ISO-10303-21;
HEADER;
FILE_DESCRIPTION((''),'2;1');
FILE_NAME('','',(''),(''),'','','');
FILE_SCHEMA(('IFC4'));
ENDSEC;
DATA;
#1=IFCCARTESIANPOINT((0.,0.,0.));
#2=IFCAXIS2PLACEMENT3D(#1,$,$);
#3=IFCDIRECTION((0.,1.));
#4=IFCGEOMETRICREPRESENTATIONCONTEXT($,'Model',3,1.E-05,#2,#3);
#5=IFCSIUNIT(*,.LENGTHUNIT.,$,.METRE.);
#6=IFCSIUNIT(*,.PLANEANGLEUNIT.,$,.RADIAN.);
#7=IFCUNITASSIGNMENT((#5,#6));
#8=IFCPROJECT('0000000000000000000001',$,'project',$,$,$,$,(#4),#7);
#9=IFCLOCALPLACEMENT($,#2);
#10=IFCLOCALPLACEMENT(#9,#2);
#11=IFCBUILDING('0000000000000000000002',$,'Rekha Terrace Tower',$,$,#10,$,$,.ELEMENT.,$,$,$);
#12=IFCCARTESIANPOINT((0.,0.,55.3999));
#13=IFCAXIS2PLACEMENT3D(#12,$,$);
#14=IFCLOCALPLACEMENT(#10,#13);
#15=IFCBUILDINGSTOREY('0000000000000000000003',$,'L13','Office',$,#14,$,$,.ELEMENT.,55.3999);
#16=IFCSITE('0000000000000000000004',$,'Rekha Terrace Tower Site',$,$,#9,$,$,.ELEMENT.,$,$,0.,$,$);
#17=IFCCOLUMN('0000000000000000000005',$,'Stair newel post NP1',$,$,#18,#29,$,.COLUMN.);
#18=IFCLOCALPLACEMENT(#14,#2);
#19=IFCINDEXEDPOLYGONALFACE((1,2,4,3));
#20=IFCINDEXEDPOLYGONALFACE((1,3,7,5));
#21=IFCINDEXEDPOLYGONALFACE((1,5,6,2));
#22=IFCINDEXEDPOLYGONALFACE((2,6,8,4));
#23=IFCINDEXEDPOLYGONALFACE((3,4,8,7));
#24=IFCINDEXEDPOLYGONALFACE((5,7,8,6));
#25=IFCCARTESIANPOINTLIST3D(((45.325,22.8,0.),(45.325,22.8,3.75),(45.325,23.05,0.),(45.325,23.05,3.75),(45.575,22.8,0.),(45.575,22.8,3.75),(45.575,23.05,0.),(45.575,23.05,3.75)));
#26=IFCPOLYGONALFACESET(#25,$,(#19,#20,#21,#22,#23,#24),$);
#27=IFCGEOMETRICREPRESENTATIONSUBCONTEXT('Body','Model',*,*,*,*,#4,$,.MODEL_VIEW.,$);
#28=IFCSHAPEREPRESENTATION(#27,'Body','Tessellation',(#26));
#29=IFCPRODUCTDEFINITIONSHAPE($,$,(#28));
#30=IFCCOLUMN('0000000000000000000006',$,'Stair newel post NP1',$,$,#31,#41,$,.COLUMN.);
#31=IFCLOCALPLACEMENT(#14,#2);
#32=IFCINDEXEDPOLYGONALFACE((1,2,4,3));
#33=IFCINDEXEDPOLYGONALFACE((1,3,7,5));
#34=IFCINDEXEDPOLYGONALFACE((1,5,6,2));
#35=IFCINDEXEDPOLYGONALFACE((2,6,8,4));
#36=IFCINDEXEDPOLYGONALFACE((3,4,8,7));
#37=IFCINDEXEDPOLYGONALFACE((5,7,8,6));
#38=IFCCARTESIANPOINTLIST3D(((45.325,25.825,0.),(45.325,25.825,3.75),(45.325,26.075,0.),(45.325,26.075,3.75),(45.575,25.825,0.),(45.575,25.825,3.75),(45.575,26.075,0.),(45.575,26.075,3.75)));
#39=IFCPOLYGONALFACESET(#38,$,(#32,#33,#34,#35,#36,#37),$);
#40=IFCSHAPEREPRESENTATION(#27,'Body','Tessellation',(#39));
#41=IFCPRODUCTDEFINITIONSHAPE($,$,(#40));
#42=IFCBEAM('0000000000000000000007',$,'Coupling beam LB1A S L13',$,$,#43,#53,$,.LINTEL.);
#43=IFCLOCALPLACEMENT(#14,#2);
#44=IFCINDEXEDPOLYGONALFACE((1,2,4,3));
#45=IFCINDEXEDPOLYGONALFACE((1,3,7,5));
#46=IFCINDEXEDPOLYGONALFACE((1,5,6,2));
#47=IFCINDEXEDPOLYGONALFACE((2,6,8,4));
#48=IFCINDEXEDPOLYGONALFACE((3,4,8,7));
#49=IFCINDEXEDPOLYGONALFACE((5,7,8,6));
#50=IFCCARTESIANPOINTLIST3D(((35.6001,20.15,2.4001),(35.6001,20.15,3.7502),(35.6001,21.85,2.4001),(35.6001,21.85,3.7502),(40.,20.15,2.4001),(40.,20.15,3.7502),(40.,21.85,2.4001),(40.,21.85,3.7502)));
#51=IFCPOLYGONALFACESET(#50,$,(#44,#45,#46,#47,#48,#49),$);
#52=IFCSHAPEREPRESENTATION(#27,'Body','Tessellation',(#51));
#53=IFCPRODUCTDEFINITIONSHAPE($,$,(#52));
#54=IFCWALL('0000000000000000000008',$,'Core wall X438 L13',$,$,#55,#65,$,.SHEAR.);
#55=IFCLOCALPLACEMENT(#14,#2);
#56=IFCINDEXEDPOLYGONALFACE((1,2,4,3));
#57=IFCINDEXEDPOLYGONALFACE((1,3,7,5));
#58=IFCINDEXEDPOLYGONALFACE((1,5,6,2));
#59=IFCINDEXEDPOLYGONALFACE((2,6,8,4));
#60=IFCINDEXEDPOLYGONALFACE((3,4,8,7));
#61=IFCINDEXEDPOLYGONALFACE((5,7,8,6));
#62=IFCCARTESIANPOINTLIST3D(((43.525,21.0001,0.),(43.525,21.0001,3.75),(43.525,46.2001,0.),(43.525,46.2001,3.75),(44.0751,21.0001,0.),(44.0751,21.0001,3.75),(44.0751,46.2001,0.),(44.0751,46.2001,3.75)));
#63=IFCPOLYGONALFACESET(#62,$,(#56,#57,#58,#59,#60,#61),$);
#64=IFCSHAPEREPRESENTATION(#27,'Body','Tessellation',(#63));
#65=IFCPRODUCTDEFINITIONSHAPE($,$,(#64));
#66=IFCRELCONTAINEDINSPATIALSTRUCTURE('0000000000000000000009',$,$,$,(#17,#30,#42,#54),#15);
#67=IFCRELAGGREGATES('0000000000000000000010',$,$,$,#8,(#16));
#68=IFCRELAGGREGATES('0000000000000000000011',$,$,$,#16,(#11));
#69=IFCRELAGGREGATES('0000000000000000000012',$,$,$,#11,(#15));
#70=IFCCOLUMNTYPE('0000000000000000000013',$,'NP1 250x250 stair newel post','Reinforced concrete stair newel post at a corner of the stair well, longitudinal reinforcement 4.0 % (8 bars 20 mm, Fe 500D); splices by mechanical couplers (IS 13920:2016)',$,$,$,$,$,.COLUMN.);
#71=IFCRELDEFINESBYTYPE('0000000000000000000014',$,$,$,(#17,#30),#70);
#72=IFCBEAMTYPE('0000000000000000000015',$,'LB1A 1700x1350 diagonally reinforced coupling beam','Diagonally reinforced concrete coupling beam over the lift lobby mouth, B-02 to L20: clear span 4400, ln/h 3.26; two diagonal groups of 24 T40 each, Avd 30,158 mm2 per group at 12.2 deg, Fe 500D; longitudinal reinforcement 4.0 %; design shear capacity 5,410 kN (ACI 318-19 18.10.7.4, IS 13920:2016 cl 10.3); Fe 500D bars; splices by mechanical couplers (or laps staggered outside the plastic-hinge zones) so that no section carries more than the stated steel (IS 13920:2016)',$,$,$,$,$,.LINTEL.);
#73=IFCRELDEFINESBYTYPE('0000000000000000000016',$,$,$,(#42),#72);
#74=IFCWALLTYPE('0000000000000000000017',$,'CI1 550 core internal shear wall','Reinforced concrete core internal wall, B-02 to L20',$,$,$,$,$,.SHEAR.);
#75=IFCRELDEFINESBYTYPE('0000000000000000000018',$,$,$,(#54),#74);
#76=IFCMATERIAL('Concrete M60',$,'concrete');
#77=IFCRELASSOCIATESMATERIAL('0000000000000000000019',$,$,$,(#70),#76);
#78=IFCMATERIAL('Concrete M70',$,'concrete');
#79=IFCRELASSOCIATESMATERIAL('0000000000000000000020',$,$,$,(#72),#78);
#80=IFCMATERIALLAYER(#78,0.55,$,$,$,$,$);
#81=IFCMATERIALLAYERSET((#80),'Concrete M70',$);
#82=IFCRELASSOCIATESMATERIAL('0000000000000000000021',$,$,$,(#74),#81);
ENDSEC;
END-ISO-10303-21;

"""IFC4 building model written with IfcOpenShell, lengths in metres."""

from ifc_helpers import new_model, si_unit, direction, frame, frame_2d, origin, origin_2d, place, context, subcontext, project, spatial, rectangle, extrude, material, layer, layer_set, material_profile, profile_set, type_object, element, save


model = new_model("IFC4")

# Units and contexts
model_context = context("Model", 3, precision=1e-05, world=origin(), true_north=direction((0.0, 1.0)))
body_context = subcontext(model_context, "Body", "Model", "MODEL_VIEW")
ifc_project = project(units=[si_unit("LENGTHUNIT", "METRE"), si_unit("PLANEANGLEUNIT", "RADIAN")], contexts=[model_context])

# Site, building, storey
site_placement = place(None, origin())
site = spatial("IfcSite", under=ifc_project, at=site_placement, Name="Rekha Terrace Tower Site", CompositionType="ELEMENT", RefElevation=0.0)
building_placement = place(site_placement, origin())
building = spatial("IfcBuilding", under=site, at=building_placement, Name="Rekha Terrace Tower", CompositionType="ELEMENT")
storey_placement = place(building_placement, frame((0.0, 0.0, 55.3999)))
storey = spatial("IfcBuildingStorey", under=building, at=storey_placement, Name="L13", Description="Office", CompositionType="ELEMENT", Elevation=55.3999)

# Columns
ifc_material_1 = material(Name="Concrete M60", Category="concrete")
ifc_material_profile_1 = material_profile(ifc_material_1, rectangle(XDim=0.25, YDim=0.25, at=origin_2d()), Name="RC 250x250")
ifc_profile_set_1 = profile_set([ifc_material_profile_1], Name="Concrete M60")
column_type = type_object("IfcColumnType", Name="NP1 250x250 stair newel post", Description="Reinforced concrete stair newel post at a corner of the stair well, longitudinal reinforcement 4.0 % (8 bars 20 mm, Fe 500D); splices by mechanical couplers (IS 13920:2016)", PredefinedType="COLUMN", material=ifc_profile_set_1)
for number, where, z_axis, x_axis, name in (
    (1, (45.45, 22.925, 0.0), (0.0, 0.0, 1.0), (1.0, 0.0, 0.0), "Stair newel post NP1"),
    (2, (45.45, 25.95, 0.0), (0.0, 0.0, 1.0), (1.0, 0.0, 0.0), "Stair newel post NP1"),
):
    element("IfcColumn", number, at=place(storey_placement, frame(where, z_axis=z_axis, x_axis=x_axis)), inside=storey, type_object=column_type, Name=name, PredefinedType="COLUMN", context=body_context, shape_type="SweptSolid", body=[
        extrude(rectangle(XDim=0.25, YDim=0.25, at=origin_2d()), origin(), (0.0, 0.0, 1.0), 3.75),
    ])

# Beam
ifc_material_2 = material(Name="Concrete M70", Category="concrete")
ifc_material_profile_2 = material_profile(ifc_material_2, rectangle(XDim=1.7, YDim=1.3501, at=origin_2d()), Name="RC 1700x1350")
ifc_profile_set_2 = profile_set([ifc_material_profile_2], Name="Concrete M70")
beam_type = type_object("IfcBeamType", Name="LB1A 1700x1350 diagonally reinforced coupling beam", Description="Diagonally reinforced concrete coupling beam over the lift lobby mouth, B-02 to L20: clear span 4400, ln/h 3.26; two diagonal groups of 24 T40 each, Avd 30,158 mm2 per group at 12.2 deg, Fe 500D; longitudinal reinforcement 4.0 %; design shear capacity 5,410 kN (ACI 318-19 18.10.7.4, IS 13920:2016 cl 10.3); Fe 500D bars; splices by mechanical couplers (or laps staggered outside the plastic-hinge zones) so that no section carries more than the stated steel (IS 13920:2016)", PredefinedType="LINTEL", material=ifc_profile_set_2)
beam_placement = place(storey_placement, frame((35.6001, 21.0, 3.0752), z_axis=(1.0, 0.0, 0.0), x_axis=(0.0, 1.0, 0.0)))
element("IfcBeam", 3, at=beam_placement, inside=storey, type_object=beam_type, Name="Coupling beam LB1A S L13", PredefinedType="LINTEL", context=body_context, shape_type="SweptSolid", body=[
    extrude(rectangle(XDim=1.7, YDim=1.3501, at=origin_2d()), origin(), (0.0, 0.0, 1.0), 4.3999),
])

# Wall
ifc_layer_1 = layer(ifc_material_2, 0.55)
ifc_layer_set_1 = layer_set([ifc_layer_1], Name="Concrete M70")
wall_type_1 = type_object("IfcWallType", Name="CI1 550 core internal shear wall", Description="Reinforced concrete core internal wall, B-02 to L20", PredefinedType="SHEAR", material=ifc_layer_set_1)
wall_1_placement = place(storey_placement, frame((43.8, 21.0, 0.0), z_axis=(0.0, 0.0, 1.0), x_axis=(0.0, 1.0, 0.0)))
element("IfcWall", 4, at=wall_1_placement, inside=storey, type_object=wall_type_1, Name="Core wall X438 L13", PredefinedType="SHEAR", context=body_context, shape_type="SweptSolid", body=[
    extrude(rectangle(XDim=25.2, YDim=0.55, at=frame_2d((12.6001, 0.0))), origin(), (0.0, 0.0, 1.0), 3.75),
])

save(model, "model.ifc")
